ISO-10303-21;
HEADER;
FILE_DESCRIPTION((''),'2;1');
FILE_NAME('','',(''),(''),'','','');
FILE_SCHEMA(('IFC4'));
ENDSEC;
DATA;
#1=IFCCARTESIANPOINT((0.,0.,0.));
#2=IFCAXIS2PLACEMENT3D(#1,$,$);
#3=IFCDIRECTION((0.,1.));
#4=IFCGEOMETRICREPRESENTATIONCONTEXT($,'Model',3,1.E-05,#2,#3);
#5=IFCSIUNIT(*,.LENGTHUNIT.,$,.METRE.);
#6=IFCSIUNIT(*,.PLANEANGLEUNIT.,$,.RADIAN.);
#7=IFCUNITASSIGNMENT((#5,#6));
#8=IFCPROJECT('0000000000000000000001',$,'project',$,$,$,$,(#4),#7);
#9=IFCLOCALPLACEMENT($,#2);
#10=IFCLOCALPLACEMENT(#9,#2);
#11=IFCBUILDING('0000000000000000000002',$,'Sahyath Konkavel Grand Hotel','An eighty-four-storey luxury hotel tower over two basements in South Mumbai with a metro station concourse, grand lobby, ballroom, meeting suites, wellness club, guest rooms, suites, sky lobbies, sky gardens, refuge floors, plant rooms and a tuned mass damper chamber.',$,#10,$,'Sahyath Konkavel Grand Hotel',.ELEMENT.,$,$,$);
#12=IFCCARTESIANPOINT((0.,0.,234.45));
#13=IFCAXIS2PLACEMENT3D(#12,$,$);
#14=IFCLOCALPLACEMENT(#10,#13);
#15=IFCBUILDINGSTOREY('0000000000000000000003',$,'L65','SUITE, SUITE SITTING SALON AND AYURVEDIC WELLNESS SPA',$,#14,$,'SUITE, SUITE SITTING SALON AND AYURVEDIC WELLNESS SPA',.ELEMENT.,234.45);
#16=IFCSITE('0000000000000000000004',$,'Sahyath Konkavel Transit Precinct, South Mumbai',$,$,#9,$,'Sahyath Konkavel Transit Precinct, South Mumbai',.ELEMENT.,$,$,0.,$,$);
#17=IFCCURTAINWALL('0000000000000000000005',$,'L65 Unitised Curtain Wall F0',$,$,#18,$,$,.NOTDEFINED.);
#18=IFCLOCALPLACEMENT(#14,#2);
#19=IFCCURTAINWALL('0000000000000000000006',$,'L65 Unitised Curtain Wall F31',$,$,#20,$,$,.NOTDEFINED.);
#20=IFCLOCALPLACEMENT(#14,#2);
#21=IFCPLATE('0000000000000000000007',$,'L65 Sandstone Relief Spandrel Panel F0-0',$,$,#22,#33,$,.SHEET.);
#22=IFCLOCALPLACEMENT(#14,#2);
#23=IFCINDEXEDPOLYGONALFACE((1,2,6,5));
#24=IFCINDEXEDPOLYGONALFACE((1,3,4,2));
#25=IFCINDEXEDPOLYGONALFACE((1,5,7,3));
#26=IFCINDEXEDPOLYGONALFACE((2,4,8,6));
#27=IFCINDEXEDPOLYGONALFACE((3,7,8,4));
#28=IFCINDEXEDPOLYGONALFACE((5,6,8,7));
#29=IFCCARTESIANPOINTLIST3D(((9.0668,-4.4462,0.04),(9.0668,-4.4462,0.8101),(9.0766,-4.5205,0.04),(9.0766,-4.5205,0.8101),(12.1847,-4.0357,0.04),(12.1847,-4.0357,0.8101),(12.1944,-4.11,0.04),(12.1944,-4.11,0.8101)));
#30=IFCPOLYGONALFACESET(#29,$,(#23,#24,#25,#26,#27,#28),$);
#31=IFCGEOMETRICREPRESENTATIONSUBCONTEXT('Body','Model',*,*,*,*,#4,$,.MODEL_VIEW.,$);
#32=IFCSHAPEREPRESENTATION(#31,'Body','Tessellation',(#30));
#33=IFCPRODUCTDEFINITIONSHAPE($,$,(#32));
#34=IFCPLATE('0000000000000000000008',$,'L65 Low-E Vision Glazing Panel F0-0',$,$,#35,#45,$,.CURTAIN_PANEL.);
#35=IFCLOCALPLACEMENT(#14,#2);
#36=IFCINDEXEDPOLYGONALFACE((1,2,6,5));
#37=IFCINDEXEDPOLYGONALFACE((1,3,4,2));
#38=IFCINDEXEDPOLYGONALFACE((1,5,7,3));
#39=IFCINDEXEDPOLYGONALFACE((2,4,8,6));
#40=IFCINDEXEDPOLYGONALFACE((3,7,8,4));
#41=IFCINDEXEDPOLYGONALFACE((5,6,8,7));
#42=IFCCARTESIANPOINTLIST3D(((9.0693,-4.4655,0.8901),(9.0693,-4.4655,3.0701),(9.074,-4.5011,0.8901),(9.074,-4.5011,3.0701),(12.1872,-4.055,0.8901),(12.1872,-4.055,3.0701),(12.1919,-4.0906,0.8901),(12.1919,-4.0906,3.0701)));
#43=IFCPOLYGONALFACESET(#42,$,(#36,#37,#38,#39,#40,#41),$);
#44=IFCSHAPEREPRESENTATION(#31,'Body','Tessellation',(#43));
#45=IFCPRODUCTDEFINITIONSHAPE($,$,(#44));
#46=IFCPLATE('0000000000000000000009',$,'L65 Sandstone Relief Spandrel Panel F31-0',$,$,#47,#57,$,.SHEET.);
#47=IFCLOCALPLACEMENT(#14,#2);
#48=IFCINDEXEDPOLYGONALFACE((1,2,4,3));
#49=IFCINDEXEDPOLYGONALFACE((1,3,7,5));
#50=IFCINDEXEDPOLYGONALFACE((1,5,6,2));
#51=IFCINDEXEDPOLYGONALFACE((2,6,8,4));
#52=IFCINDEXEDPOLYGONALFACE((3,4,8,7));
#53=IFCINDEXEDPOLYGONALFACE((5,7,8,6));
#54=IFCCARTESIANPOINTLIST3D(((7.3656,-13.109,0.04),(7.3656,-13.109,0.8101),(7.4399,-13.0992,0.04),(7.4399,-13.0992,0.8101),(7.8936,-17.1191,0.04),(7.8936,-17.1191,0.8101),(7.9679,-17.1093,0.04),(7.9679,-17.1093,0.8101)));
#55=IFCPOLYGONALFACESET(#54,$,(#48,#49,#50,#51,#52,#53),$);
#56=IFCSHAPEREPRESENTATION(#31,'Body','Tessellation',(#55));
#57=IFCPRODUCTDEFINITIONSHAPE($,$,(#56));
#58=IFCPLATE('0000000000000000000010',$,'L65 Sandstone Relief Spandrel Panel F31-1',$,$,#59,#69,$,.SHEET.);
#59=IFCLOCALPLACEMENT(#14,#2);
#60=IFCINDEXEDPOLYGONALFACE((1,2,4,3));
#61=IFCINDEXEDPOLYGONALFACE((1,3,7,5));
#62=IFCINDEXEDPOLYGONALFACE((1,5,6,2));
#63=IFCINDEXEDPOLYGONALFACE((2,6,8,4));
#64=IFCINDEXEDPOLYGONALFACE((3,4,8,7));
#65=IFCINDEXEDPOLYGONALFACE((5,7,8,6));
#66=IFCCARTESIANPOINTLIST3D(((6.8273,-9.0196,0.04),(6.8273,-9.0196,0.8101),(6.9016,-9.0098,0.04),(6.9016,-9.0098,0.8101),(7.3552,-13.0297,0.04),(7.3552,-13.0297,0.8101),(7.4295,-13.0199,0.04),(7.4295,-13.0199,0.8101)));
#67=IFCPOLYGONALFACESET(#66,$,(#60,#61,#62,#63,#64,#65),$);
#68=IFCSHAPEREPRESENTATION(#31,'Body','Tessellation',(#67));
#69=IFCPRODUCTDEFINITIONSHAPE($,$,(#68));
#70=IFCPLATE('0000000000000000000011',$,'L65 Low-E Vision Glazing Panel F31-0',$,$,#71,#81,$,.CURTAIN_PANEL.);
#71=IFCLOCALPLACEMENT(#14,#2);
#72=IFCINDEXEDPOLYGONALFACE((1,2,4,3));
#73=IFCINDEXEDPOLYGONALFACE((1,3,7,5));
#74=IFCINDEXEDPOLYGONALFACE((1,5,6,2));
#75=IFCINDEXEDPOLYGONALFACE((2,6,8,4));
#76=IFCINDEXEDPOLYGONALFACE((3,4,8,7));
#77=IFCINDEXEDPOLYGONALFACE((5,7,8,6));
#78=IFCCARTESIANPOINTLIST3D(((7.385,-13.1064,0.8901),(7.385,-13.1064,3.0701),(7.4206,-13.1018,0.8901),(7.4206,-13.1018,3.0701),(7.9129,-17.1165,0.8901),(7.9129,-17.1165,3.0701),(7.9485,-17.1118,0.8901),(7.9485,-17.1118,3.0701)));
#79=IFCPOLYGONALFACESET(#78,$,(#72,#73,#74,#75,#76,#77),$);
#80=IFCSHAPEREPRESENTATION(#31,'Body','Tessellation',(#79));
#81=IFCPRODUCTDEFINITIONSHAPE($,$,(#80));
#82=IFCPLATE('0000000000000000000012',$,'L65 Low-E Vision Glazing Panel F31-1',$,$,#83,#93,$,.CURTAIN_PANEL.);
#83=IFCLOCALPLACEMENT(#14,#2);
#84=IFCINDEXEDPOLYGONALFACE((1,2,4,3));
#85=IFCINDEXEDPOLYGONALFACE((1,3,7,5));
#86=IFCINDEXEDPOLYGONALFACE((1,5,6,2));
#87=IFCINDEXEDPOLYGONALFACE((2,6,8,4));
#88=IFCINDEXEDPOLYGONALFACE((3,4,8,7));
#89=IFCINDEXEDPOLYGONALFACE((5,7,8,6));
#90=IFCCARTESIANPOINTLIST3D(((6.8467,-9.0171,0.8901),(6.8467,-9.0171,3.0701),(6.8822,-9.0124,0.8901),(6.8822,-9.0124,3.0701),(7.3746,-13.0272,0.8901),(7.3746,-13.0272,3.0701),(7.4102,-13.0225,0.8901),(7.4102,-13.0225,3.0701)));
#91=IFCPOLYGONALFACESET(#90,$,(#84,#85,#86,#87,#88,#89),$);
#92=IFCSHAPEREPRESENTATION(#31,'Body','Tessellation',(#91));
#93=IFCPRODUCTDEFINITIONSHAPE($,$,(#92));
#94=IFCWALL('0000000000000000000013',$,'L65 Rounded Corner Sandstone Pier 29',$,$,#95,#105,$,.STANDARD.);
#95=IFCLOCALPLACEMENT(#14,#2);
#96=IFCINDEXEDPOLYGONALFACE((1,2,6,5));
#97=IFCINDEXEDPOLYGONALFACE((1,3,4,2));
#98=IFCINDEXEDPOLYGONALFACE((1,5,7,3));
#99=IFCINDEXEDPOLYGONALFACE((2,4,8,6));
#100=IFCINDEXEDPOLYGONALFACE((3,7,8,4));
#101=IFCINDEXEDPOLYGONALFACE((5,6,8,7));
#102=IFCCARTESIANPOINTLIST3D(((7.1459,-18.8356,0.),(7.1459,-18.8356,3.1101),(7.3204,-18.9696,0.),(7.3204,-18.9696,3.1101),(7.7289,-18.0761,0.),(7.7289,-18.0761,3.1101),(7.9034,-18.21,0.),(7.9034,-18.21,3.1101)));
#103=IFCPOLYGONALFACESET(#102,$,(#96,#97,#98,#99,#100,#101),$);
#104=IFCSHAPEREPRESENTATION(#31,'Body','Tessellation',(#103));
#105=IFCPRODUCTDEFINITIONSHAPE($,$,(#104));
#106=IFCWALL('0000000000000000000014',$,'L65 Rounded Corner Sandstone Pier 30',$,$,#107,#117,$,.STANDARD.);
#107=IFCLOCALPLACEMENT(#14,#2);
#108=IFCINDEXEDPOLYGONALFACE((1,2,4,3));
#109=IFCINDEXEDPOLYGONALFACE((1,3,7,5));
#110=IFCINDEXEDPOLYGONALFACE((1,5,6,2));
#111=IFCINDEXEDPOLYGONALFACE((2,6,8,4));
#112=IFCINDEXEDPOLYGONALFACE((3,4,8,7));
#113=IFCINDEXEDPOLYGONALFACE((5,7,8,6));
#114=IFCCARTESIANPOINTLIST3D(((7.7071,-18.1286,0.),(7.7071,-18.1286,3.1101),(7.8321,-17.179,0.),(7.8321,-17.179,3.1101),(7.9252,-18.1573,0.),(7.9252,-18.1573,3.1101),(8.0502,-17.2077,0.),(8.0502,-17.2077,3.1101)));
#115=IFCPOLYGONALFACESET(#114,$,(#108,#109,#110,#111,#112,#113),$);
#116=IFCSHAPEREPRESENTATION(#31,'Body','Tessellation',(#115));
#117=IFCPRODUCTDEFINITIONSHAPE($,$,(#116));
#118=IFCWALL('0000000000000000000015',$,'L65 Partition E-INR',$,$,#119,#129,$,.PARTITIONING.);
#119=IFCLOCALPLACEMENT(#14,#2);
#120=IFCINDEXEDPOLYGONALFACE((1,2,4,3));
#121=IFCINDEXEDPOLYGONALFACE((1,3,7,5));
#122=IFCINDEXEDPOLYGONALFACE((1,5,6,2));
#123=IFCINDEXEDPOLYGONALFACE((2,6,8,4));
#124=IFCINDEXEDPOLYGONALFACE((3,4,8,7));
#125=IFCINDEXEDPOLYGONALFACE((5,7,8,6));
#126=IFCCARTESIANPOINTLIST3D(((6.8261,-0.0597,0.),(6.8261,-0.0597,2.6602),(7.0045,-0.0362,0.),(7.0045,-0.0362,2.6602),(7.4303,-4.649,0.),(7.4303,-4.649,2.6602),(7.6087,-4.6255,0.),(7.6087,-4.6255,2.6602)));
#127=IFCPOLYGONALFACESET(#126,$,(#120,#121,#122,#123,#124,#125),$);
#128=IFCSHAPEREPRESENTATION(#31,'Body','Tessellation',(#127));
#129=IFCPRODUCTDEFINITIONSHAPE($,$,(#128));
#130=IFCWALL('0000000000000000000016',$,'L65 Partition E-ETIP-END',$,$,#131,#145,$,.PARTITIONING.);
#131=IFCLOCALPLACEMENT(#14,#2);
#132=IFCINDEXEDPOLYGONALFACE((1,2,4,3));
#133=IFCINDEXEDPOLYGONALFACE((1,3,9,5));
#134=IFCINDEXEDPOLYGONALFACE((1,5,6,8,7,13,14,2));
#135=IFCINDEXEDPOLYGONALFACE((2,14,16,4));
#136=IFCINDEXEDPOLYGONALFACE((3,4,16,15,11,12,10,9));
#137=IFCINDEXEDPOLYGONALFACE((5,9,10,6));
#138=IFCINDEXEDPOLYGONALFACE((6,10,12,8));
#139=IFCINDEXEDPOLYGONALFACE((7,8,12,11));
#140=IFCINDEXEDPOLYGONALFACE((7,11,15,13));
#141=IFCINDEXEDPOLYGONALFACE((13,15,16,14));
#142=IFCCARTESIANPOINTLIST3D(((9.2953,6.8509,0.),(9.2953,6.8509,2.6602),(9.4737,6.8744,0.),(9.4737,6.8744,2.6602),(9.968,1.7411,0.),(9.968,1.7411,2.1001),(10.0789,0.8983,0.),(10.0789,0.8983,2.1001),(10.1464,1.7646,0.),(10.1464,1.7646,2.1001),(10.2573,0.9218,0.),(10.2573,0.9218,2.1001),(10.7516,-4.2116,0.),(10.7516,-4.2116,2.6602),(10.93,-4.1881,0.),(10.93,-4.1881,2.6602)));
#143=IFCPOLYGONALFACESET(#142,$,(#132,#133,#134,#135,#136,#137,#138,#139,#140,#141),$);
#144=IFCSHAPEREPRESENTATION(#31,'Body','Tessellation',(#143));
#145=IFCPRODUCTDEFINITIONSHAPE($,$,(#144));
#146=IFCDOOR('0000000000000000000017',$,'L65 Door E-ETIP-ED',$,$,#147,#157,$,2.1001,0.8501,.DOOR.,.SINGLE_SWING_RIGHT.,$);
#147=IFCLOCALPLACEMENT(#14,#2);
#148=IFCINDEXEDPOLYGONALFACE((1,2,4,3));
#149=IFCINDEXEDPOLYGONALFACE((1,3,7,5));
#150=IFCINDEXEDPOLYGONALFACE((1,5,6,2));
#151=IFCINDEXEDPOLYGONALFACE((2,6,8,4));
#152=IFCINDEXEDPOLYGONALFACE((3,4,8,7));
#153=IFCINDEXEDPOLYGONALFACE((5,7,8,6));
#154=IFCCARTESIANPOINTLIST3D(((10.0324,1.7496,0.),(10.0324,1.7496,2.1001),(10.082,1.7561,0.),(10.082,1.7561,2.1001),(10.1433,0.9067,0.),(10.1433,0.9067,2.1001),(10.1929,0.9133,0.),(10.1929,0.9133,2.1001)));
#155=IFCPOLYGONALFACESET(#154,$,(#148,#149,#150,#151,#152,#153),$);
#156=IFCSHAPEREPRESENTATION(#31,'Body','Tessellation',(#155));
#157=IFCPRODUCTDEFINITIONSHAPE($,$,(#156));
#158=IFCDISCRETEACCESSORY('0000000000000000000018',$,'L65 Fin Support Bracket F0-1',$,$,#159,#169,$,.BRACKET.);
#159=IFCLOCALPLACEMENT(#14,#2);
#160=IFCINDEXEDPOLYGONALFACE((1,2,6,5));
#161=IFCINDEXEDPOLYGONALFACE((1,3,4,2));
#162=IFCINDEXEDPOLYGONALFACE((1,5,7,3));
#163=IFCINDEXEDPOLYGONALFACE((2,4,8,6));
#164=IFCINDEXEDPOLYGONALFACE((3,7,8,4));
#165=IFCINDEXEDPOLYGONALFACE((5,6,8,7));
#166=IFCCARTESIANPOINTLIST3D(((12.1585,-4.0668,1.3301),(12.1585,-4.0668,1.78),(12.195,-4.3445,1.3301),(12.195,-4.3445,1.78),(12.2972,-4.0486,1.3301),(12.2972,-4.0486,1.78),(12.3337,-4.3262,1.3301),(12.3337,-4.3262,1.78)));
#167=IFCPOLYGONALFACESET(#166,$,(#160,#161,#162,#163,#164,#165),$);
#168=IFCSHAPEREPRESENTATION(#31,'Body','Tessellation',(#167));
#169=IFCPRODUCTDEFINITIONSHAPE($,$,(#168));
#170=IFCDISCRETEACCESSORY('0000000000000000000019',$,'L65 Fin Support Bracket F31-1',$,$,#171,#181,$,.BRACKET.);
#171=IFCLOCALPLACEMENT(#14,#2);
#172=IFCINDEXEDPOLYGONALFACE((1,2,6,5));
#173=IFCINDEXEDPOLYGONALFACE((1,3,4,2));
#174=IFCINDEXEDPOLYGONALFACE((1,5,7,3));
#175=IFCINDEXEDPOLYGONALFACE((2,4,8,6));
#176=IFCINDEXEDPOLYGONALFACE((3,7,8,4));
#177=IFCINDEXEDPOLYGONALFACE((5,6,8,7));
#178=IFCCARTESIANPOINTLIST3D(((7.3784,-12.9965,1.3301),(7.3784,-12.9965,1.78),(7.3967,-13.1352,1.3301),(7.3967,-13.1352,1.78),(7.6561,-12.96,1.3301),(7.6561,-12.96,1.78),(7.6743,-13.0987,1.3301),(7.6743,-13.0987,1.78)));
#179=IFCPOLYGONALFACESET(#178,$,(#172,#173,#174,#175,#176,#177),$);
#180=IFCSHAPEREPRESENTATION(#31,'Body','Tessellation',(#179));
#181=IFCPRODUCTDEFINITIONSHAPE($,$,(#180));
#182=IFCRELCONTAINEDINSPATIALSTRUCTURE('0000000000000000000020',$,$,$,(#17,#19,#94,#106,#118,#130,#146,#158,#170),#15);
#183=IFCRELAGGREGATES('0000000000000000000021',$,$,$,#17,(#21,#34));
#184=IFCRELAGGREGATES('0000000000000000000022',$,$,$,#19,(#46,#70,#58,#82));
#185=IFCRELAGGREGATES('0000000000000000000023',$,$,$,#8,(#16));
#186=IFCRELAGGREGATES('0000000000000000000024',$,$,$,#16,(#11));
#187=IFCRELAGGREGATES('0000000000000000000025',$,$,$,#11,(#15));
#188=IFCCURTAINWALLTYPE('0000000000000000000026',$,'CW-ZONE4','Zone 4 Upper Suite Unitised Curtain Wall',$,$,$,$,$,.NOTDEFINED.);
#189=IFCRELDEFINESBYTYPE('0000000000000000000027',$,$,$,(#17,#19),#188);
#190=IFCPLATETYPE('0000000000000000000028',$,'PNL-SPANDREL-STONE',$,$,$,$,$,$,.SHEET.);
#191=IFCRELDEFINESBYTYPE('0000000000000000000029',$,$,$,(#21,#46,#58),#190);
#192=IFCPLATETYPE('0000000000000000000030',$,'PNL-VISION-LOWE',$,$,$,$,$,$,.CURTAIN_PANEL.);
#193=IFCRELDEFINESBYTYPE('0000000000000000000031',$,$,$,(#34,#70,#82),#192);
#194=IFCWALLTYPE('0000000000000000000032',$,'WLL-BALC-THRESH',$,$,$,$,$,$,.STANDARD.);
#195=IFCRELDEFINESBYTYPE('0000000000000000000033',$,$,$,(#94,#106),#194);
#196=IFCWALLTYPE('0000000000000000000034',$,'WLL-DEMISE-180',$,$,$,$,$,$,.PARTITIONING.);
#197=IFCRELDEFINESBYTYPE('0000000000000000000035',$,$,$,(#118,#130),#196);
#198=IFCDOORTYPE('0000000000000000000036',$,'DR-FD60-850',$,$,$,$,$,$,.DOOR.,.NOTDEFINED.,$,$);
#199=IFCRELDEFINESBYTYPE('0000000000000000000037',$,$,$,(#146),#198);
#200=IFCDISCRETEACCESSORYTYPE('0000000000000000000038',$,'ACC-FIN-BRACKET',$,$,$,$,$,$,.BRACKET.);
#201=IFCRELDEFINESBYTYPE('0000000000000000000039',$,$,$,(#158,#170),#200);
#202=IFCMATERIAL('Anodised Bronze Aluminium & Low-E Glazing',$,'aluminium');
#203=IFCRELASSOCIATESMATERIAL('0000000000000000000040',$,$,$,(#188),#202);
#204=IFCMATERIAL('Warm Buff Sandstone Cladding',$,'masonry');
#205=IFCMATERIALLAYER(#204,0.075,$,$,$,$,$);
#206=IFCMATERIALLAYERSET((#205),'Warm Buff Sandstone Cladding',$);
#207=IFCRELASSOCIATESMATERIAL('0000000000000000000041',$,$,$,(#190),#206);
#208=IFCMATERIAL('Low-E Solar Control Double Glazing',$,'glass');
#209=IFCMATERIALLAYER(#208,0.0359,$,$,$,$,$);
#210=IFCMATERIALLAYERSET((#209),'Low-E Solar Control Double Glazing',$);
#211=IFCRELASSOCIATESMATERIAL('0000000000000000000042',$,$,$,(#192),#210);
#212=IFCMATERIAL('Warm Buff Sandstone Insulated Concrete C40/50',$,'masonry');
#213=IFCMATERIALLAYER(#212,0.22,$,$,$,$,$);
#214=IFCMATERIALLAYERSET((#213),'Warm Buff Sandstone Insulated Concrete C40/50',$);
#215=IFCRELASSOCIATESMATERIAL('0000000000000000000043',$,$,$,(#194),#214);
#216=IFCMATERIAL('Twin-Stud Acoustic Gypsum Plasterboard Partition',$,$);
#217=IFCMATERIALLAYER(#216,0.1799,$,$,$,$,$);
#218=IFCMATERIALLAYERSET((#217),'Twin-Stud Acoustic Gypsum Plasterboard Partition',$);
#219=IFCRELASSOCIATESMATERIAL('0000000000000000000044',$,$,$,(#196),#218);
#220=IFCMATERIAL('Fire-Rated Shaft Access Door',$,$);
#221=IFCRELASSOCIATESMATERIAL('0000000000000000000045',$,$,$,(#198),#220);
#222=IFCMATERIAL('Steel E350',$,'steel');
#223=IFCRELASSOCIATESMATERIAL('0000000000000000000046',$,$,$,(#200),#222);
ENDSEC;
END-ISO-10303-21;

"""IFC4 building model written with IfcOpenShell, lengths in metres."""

from ifc_helpers import new_model, si_unit, direction, frame, frame_2d, origin, origin_2d, place, context, subcontext, project, spatial, rectangle, extrude, source, transform, mapped, material, layer, layer_set, type_object, element, fill, aggregate, save


model = new_model("IFC4")

# Units and contexts
model_context = context("Model", 3, precision=1e-05, world=origin(), true_north=direction((0.0, 1.0)))
body_context = subcontext(model_context, "Body", "Model", "MODEL_VIEW")
ifc_project = project(units=[si_unit("LENGTHUNIT", "METRE"), si_unit("PLANEANGLEUNIT", "RADIAN")], contexts=[model_context])

# Site, building, storey
site_placement = place(None, origin())
site = spatial("IfcSite", under=ifc_project, at=site_placement, Name="Sahyath Konkavel Transit Precinct, South Mumbai", LongName="Sahyath Konkavel Transit Precinct, South Mumbai", CompositionType="ELEMENT", RefElevation=0.0)
building_placement = place(site_placement, origin())
building = spatial("IfcBuilding", under=site, at=building_placement, Name="Sahyath Konkavel Grand Hotel", Description="An eighty-four-storey luxury hotel tower over two basements in South Mumbai with a metro station concourse, grand lobby, ballroom, meeting suites, wellness club, guest rooms, suites, sky lobbies, sky gardens, refuge floors, plant rooms and a tuned mass damper chamber.", LongName="Sahyath Konkavel Grand Hotel", CompositionType="ELEMENT")
storey_placement = place(building_placement, frame((0.0, 0.0, 234.45)))
storey = spatial("IfcBuildingStorey", under=building, at=storey_placement, Name="L65", Description="SUITE, SUITE SITTING SALON AND AYURVEDIC WELLNESS SPA", LongName="SUITE, SUITE SITTING SALON AND AYURVEDIC WELLNESS SPA", CompositionType="ELEMENT", Elevation=234.45)

# Curtain walls
ifc_material_1 = material(Name="Anodised Bronze Aluminium & Low-E Glazing", Category="aluminium")
curtain_wall_type = type_object("IfcCurtainWallType", Name="CW-ZONE4", Description="Zone 4 Upper Suite Unitised Curtain Wall", PredefinedType="NOTDEFINED", material=ifc_material_1)
curtain_wall_1_placement = place(storey_placement, origin())
curtain_wall_1 = element("IfcCurtainWall", 1, at=curtain_wall_1_placement, inside=storey, type_object=curtain_wall_type, Name="L65 Unitised Curtain Wall F0", PredefinedType="NOTDEFINED")
curtain_wall_2_placement = place(storey_placement, origin())
curtain_wall_2 = element("IfcCurtainWall", 2, at=curtain_wall_2_placement, inside=storey, type_object=curtain_wall_type, Name="L65 Unitised Curtain Wall F31", PredefinedType="NOTDEFINED")

# Plates
ifc_material_2 = material(Name="Warm Buff Sandstone Cladding", Category="masonry")
ifc_layer_1 = layer(ifc_material_2, 0.075)
ifc_layer_set_1 = layer_set([ifc_layer_1], Name="Warm Buff Sandstone Cladding")
plate_type_1 = type_object("IfcPlateType", Name="PNL-SPANDREL-STONE", PredefinedType="SHEET", material=ifc_layer_set_1)
shared_shape_1 = source(origin(), body_context, "Body", "SweptSolid", [
    extrude(rectangle(XDim=3.1448, YDim=0.075, at=origin_2d()), origin(), (0.0, 0.0, 1.0), 0.77),
])
plate_1_placement = place(storey_placement, frame((10.6306, -4.2781, 0.04), z_axis=(0.0, 0.0, 1.0), x_axis=(0.991445, 0.130526, 0.0)))
plate_1 = element("IfcPlate", 3, at=plate_1_placement, type_object=plate_type_1, Name="L65 Sandstone Relief Spandrel Panel F0-0", PredefinedType="SHEET", context=body_context, shape_type="MappedRepresentation", body=[
    mapped(shared_shape_1, transform((0.0, 0.0, 0.0), scale=1.0)),
])
ifc_material_3 = material(Name="Low-E Solar Control Double Glazing", Category="glass")
ifc_layer_2 = layer(ifc_material_3, 0.0359)
ifc_layer_set_2 = layer_set([ifc_layer_2], Name="Low-E Solar Control Double Glazing")
plate_type_2 = type_object("IfcPlateType", Name="PNL-VISION-LOWE", PredefinedType="CURTAIN_PANEL", material=ifc_layer_set_2)
shared_shape_2 = source(origin(), body_context, "Body", "SweptSolid", [
    extrude(rectangle(XDim=3.1448, YDim=0.0359, at=origin_2d()), origin(), (0.0, 0.0, 1.0), 2.1799),
])
plate_2_placement = place(storey_placement, frame((10.6306, -4.2781, 0.8901), z_axis=(0.0, 0.0, 1.0), x_axis=(0.991445, 0.130526, 0.0)))
plate_2 = element("IfcPlate", 4, at=plate_2_placement, type_object=plate_type_2, Name="L65 Low-E Vision Glazing Panel F0-0", PredefinedType="CURTAIN_PANEL", context=body_context, shape_type="MappedRepresentation", body=[
    mapped(shared_shape_2, transform((0.0, 0.0, 0.0), scale=1.0)),
])
aggregate(curtain_wall_1, [plate_1, plate_2])
shared_shape_3 = source(origin(), body_context, "Body", "SweptSolid", [
    extrude(rectangle(XDim=4.0447, YDim=0.075, at=origin_2d()), origin(), (0.0, 0.0, 1.0), 0.77),
])
plate_3_placement = place(storey_placement, frame((7.6667, -15.1091, 0.04), z_axis=(0.0, 0.0, 1.0), x_axis=(-0.130526, 0.991445, 0.0)))
plate_3 = element("IfcPlate", 5, at=plate_3_placement, type_object=plate_type_1, Name="L65 Sandstone Relief Spandrel Panel F31-0", PredefinedType="SHEET", context=body_context, shape_type="MappedRepresentation", body=[
    mapped(shared_shape_3, transform((0.0, 0.0, 0.0), scale=1.0)),
])
plate_4_placement = place(storey_placement, frame((7.1284, -11.0198, 0.04), z_axis=(0.0, 0.0, 1.0), x_axis=(-0.130526, 0.991445, 0.0)))
plate_4 = element("IfcPlate", 6, at=plate_4_placement, type_object=plate_type_1, Name="L65 Sandstone Relief Spandrel Panel F31-1", PredefinedType="SHEET", context=body_context, shape_type="MappedRepresentation", body=[
    mapped(shared_shape_3, transform((0.0, 0.0, 0.0), scale=1.0)),
])
shared_shape_4 = source(origin(), body_context, "Body", "SweptSolid", [
    extrude(rectangle(XDim=4.0447, YDim=0.0359, at=origin_2d()), origin(), (0.0, 0.0, 1.0), 2.1799),
])
plate_5_placement = place(storey_placement, frame((7.6667, -15.1091, 0.8901), z_axis=(0.0, 0.0, 1.0), x_axis=(-0.130526, 0.991445, 0.0)))
plate_5 = element("IfcPlate", 7, at=plate_5_placement, type_object=plate_type_2, Name="L65 Low-E Vision Glazing Panel F31-0", PredefinedType="CURTAIN_PANEL", context=body_context, shape_type="MappedRepresentation", body=[
    mapped(shared_shape_4, transform((0.0, 0.0, 0.0), scale=1.0)),
])
plate_6_placement = place(storey_placement, frame((7.1284, -11.0198, 0.8901), z_axis=(0.0, 0.0, 1.0), x_axis=(-0.130526, 0.991445, 0.0)))
plate_6 = element("IfcPlate", 8, at=plate_6_placement, type_object=plate_type_2, Name="L65 Low-E Vision Glazing Panel F31-1", PredefinedType="CURTAIN_PANEL", context=body_context, shape_type="MappedRepresentation", body=[
    mapped(shared_shape_4, transform((0.0, 0.0, 0.0), scale=1.0)),
])
aggregate(curtain_wall_2, [plate_3, plate_5, plate_4, plate_6])

# Walls
ifc_material_4 = material(Name="Warm Buff Sandstone Insulated Concrete C40/50", Category="masonry")
ifc_layer_3 = layer(ifc_material_4, 0.22)
ifc_layer_set_3 = layer_set([ifc_layer_3], Name="Warm Buff Sandstone Insulated Concrete C40/50")
wall_type_1 = type_object("IfcWallType", Name="WLL-BALC-THRESH", PredefinedType="STANDARD", material=ifc_layer_set_3)
wall_1_placement = place(storey_placement, frame((7.2332, -18.9026, 0.0), z_axis=(0.0, 0.0, 1.0), x_axis=(0.608897, 0.793249, 0.0)))
element("IfcWall", 9, at=wall_1_placement, inside=storey, type_object=wall_type_1, Name="L65 Rounded Corner Sandstone Pier 29", PredefinedType="STANDARD", context=body_context, shape_type="SweptSolid", body=[
    extrude(rectangle(XDim=0.9575, YDim=0.22, at=frame_2d((0.4788, 0.0))), origin(), (0.0, 0.0, 1.0), 3.1101),
])
wall_2_placement = place(storey_placement, frame((7.8162, -18.1431, 0.0), z_axis=(0.0, 0.0, 1.0), x_axis=(0.130527, 0.991445, 0.0)))
element("IfcWall", 10, at=wall_2_placement, inside=storey, type_object=wall_type_1, Name="L65 Rounded Corner Sandstone Pier 30", PredefinedType="STANDARD", context=body_context, shape_type="SweptSolid", body=[
    extrude(rectangle(XDim=0.9578, YDim=0.22, at=frame_2d((0.479, 0.0))), origin(), (0.0, 0.0, 1.0), 3.1101),
])
ifc_material_5 = material(Name="Twin-Stud Acoustic Gypsum Plasterboard Partition")
ifc_layer_4 = layer(ifc_material_5, 0.1799)
ifc_layer_set_4 = layer_set([ifc_layer_4], Name="Twin-Stud Acoustic Gypsum Plasterboard Partition")
wall_type_2 = type_object("IfcWallType", Name="WLL-DEMISE-180", PredefinedType="PARTITIONING", material=ifc_layer_set_4)
wall_3_placement = place(storey_placement, frame((7.5195, -4.6372, 0.0), z_axis=(0.0, 0.0, 1.0), x_axis=(-0.130536, 0.991444, 0.0)))
element("IfcWall", 11, at=wall_3_placement, inside=storey, type_object=wall_type_2, Name="L65 Partition E-INR", PredefinedType="PARTITIONING", context=body_context, shape_type="SweptSolid", body=[
    extrude(rectangle(XDim=4.6289, YDim=0.1799, at=frame_2d((2.3145, 0.0))), origin(), (0.0, 0.0, 1.0), 2.6602),
])

# Wall, opening, door
wall_4_placement = place(storey_placement, frame((10.8408, -4.2, 0.0), z_axis=(0.0, 0.0, 1.0), x_axis=(-0.130517, 0.991446, 0.0)))
wall_4 = element("IfcWall", 12, at=wall_4_placement, inside=storey, type_object=wall_type_2, Name="L65 Partition E-ETIP-END", PredefinedType="PARTITIONING", context=body_context, shape_type="SweptSolid", body=[
    extrude(rectangle(XDim=11.158, YDim=0.1799, at=frame_2d((5.5791, 0.0))), origin(), (0.0, 0.0, 1.0), 2.6602),
])
opening_placement = place(wall_4_placement, frame((5.1541, 0.0, 0.0)))
opening = element("IfcOpeningElement", 13, at=opening_placement, cuts=wall_4, PredefinedType="OPENING", context=body_context, shape_type="SweptSolid", body=[
    extrude(rectangle(XDim=0.8501, YDim=2.1001, at=frame_2d((0.425, 1.05))), frame((0.0, 0.1001, 0.0), z_axis=(0.0, -1.0, 0.0), x_axis=(1.0, 0.0, 0.0)), (0.0, 0.0, 1.0), 0.2),
])
ifc_material_6 = material(Name="Fire-Rated Shaft Access Door")
door_type = type_object("IfcDoorType", Name="DR-FD60-850", OperationType="NOTDEFINED", PredefinedType="DOOR", material=ifc_material_6)
shared_shape_5 = source(origin(), body_context, "Body", "SweptSolid", [
    extrude(rectangle(XDim=0.8501, YDim=0.05, at=origin_2d()), origin(), (0.0, 0.0, 1.0), 2.1001),
])
door_placement = place(opening_placement, frame((0.425, 0.0, 0.0)))
door = element("IfcDoor", 14, at=door_placement, inside=storey, type_object=door_type, Name="L65 Door E-ETIP-ED", OperationType="SINGLE_SWING_RIGHT", OverallHeight=2.1001, OverallWidth=0.8501, PredefinedType="DOOR", context=body_context, shape_type="MappedRepresentation", body=[
    mapped(shared_shape_5, transform((0.0, 0.0, 0.0), scale=1.0)),
])
fill(opening, door)

# Discrete accessories
ifc_material_7 = material(Name="Steel E350", Category="steel")
discrete_accessory_type = type_object("IfcDiscreteAccessoryType", Name="ACC-FIN-BRACKET", PredefinedType="BRACKET", material=ifc_material_7)
shared_shape_6 = source(origin(), body_context, "Body", "SweptSolid", [
    extrude(rectangle(XDim=0.28, YDim=0.1399, at=origin_2d()), origin(), (0.0, 0.0, 1.0), 0.45),
])
for number, where, z_axis, x_axis, name in (
    (15, (12.2461, -4.1965, 1.3301), (0.0, 0.0, 1.0), (0.130526, -0.991445, 0.0), "L65 Fin Support Bracket F0-1"),
    (16, (7.5264, -13.0476, 1.3301), (0.0, 0.0, 1.0), (0.991445, 0.130526, 0.0), "L65 Fin Support Bracket F31-1"),
):
    element("IfcDiscreteAccessory", number, at=place(storey_placement, frame(where, z_axis=z_axis, x_axis=x_axis)), inside=storey, type_object=discrete_accessory_type, Name=name, PredefinedType="BRACKET", context=body_context, shape_type="MappedRepresentation", body=[
        mapped(shared_shape_6, transform((0.0, 0.0, 0.0), scale=1.0)),
    ])

save(model, "model.ifc")
